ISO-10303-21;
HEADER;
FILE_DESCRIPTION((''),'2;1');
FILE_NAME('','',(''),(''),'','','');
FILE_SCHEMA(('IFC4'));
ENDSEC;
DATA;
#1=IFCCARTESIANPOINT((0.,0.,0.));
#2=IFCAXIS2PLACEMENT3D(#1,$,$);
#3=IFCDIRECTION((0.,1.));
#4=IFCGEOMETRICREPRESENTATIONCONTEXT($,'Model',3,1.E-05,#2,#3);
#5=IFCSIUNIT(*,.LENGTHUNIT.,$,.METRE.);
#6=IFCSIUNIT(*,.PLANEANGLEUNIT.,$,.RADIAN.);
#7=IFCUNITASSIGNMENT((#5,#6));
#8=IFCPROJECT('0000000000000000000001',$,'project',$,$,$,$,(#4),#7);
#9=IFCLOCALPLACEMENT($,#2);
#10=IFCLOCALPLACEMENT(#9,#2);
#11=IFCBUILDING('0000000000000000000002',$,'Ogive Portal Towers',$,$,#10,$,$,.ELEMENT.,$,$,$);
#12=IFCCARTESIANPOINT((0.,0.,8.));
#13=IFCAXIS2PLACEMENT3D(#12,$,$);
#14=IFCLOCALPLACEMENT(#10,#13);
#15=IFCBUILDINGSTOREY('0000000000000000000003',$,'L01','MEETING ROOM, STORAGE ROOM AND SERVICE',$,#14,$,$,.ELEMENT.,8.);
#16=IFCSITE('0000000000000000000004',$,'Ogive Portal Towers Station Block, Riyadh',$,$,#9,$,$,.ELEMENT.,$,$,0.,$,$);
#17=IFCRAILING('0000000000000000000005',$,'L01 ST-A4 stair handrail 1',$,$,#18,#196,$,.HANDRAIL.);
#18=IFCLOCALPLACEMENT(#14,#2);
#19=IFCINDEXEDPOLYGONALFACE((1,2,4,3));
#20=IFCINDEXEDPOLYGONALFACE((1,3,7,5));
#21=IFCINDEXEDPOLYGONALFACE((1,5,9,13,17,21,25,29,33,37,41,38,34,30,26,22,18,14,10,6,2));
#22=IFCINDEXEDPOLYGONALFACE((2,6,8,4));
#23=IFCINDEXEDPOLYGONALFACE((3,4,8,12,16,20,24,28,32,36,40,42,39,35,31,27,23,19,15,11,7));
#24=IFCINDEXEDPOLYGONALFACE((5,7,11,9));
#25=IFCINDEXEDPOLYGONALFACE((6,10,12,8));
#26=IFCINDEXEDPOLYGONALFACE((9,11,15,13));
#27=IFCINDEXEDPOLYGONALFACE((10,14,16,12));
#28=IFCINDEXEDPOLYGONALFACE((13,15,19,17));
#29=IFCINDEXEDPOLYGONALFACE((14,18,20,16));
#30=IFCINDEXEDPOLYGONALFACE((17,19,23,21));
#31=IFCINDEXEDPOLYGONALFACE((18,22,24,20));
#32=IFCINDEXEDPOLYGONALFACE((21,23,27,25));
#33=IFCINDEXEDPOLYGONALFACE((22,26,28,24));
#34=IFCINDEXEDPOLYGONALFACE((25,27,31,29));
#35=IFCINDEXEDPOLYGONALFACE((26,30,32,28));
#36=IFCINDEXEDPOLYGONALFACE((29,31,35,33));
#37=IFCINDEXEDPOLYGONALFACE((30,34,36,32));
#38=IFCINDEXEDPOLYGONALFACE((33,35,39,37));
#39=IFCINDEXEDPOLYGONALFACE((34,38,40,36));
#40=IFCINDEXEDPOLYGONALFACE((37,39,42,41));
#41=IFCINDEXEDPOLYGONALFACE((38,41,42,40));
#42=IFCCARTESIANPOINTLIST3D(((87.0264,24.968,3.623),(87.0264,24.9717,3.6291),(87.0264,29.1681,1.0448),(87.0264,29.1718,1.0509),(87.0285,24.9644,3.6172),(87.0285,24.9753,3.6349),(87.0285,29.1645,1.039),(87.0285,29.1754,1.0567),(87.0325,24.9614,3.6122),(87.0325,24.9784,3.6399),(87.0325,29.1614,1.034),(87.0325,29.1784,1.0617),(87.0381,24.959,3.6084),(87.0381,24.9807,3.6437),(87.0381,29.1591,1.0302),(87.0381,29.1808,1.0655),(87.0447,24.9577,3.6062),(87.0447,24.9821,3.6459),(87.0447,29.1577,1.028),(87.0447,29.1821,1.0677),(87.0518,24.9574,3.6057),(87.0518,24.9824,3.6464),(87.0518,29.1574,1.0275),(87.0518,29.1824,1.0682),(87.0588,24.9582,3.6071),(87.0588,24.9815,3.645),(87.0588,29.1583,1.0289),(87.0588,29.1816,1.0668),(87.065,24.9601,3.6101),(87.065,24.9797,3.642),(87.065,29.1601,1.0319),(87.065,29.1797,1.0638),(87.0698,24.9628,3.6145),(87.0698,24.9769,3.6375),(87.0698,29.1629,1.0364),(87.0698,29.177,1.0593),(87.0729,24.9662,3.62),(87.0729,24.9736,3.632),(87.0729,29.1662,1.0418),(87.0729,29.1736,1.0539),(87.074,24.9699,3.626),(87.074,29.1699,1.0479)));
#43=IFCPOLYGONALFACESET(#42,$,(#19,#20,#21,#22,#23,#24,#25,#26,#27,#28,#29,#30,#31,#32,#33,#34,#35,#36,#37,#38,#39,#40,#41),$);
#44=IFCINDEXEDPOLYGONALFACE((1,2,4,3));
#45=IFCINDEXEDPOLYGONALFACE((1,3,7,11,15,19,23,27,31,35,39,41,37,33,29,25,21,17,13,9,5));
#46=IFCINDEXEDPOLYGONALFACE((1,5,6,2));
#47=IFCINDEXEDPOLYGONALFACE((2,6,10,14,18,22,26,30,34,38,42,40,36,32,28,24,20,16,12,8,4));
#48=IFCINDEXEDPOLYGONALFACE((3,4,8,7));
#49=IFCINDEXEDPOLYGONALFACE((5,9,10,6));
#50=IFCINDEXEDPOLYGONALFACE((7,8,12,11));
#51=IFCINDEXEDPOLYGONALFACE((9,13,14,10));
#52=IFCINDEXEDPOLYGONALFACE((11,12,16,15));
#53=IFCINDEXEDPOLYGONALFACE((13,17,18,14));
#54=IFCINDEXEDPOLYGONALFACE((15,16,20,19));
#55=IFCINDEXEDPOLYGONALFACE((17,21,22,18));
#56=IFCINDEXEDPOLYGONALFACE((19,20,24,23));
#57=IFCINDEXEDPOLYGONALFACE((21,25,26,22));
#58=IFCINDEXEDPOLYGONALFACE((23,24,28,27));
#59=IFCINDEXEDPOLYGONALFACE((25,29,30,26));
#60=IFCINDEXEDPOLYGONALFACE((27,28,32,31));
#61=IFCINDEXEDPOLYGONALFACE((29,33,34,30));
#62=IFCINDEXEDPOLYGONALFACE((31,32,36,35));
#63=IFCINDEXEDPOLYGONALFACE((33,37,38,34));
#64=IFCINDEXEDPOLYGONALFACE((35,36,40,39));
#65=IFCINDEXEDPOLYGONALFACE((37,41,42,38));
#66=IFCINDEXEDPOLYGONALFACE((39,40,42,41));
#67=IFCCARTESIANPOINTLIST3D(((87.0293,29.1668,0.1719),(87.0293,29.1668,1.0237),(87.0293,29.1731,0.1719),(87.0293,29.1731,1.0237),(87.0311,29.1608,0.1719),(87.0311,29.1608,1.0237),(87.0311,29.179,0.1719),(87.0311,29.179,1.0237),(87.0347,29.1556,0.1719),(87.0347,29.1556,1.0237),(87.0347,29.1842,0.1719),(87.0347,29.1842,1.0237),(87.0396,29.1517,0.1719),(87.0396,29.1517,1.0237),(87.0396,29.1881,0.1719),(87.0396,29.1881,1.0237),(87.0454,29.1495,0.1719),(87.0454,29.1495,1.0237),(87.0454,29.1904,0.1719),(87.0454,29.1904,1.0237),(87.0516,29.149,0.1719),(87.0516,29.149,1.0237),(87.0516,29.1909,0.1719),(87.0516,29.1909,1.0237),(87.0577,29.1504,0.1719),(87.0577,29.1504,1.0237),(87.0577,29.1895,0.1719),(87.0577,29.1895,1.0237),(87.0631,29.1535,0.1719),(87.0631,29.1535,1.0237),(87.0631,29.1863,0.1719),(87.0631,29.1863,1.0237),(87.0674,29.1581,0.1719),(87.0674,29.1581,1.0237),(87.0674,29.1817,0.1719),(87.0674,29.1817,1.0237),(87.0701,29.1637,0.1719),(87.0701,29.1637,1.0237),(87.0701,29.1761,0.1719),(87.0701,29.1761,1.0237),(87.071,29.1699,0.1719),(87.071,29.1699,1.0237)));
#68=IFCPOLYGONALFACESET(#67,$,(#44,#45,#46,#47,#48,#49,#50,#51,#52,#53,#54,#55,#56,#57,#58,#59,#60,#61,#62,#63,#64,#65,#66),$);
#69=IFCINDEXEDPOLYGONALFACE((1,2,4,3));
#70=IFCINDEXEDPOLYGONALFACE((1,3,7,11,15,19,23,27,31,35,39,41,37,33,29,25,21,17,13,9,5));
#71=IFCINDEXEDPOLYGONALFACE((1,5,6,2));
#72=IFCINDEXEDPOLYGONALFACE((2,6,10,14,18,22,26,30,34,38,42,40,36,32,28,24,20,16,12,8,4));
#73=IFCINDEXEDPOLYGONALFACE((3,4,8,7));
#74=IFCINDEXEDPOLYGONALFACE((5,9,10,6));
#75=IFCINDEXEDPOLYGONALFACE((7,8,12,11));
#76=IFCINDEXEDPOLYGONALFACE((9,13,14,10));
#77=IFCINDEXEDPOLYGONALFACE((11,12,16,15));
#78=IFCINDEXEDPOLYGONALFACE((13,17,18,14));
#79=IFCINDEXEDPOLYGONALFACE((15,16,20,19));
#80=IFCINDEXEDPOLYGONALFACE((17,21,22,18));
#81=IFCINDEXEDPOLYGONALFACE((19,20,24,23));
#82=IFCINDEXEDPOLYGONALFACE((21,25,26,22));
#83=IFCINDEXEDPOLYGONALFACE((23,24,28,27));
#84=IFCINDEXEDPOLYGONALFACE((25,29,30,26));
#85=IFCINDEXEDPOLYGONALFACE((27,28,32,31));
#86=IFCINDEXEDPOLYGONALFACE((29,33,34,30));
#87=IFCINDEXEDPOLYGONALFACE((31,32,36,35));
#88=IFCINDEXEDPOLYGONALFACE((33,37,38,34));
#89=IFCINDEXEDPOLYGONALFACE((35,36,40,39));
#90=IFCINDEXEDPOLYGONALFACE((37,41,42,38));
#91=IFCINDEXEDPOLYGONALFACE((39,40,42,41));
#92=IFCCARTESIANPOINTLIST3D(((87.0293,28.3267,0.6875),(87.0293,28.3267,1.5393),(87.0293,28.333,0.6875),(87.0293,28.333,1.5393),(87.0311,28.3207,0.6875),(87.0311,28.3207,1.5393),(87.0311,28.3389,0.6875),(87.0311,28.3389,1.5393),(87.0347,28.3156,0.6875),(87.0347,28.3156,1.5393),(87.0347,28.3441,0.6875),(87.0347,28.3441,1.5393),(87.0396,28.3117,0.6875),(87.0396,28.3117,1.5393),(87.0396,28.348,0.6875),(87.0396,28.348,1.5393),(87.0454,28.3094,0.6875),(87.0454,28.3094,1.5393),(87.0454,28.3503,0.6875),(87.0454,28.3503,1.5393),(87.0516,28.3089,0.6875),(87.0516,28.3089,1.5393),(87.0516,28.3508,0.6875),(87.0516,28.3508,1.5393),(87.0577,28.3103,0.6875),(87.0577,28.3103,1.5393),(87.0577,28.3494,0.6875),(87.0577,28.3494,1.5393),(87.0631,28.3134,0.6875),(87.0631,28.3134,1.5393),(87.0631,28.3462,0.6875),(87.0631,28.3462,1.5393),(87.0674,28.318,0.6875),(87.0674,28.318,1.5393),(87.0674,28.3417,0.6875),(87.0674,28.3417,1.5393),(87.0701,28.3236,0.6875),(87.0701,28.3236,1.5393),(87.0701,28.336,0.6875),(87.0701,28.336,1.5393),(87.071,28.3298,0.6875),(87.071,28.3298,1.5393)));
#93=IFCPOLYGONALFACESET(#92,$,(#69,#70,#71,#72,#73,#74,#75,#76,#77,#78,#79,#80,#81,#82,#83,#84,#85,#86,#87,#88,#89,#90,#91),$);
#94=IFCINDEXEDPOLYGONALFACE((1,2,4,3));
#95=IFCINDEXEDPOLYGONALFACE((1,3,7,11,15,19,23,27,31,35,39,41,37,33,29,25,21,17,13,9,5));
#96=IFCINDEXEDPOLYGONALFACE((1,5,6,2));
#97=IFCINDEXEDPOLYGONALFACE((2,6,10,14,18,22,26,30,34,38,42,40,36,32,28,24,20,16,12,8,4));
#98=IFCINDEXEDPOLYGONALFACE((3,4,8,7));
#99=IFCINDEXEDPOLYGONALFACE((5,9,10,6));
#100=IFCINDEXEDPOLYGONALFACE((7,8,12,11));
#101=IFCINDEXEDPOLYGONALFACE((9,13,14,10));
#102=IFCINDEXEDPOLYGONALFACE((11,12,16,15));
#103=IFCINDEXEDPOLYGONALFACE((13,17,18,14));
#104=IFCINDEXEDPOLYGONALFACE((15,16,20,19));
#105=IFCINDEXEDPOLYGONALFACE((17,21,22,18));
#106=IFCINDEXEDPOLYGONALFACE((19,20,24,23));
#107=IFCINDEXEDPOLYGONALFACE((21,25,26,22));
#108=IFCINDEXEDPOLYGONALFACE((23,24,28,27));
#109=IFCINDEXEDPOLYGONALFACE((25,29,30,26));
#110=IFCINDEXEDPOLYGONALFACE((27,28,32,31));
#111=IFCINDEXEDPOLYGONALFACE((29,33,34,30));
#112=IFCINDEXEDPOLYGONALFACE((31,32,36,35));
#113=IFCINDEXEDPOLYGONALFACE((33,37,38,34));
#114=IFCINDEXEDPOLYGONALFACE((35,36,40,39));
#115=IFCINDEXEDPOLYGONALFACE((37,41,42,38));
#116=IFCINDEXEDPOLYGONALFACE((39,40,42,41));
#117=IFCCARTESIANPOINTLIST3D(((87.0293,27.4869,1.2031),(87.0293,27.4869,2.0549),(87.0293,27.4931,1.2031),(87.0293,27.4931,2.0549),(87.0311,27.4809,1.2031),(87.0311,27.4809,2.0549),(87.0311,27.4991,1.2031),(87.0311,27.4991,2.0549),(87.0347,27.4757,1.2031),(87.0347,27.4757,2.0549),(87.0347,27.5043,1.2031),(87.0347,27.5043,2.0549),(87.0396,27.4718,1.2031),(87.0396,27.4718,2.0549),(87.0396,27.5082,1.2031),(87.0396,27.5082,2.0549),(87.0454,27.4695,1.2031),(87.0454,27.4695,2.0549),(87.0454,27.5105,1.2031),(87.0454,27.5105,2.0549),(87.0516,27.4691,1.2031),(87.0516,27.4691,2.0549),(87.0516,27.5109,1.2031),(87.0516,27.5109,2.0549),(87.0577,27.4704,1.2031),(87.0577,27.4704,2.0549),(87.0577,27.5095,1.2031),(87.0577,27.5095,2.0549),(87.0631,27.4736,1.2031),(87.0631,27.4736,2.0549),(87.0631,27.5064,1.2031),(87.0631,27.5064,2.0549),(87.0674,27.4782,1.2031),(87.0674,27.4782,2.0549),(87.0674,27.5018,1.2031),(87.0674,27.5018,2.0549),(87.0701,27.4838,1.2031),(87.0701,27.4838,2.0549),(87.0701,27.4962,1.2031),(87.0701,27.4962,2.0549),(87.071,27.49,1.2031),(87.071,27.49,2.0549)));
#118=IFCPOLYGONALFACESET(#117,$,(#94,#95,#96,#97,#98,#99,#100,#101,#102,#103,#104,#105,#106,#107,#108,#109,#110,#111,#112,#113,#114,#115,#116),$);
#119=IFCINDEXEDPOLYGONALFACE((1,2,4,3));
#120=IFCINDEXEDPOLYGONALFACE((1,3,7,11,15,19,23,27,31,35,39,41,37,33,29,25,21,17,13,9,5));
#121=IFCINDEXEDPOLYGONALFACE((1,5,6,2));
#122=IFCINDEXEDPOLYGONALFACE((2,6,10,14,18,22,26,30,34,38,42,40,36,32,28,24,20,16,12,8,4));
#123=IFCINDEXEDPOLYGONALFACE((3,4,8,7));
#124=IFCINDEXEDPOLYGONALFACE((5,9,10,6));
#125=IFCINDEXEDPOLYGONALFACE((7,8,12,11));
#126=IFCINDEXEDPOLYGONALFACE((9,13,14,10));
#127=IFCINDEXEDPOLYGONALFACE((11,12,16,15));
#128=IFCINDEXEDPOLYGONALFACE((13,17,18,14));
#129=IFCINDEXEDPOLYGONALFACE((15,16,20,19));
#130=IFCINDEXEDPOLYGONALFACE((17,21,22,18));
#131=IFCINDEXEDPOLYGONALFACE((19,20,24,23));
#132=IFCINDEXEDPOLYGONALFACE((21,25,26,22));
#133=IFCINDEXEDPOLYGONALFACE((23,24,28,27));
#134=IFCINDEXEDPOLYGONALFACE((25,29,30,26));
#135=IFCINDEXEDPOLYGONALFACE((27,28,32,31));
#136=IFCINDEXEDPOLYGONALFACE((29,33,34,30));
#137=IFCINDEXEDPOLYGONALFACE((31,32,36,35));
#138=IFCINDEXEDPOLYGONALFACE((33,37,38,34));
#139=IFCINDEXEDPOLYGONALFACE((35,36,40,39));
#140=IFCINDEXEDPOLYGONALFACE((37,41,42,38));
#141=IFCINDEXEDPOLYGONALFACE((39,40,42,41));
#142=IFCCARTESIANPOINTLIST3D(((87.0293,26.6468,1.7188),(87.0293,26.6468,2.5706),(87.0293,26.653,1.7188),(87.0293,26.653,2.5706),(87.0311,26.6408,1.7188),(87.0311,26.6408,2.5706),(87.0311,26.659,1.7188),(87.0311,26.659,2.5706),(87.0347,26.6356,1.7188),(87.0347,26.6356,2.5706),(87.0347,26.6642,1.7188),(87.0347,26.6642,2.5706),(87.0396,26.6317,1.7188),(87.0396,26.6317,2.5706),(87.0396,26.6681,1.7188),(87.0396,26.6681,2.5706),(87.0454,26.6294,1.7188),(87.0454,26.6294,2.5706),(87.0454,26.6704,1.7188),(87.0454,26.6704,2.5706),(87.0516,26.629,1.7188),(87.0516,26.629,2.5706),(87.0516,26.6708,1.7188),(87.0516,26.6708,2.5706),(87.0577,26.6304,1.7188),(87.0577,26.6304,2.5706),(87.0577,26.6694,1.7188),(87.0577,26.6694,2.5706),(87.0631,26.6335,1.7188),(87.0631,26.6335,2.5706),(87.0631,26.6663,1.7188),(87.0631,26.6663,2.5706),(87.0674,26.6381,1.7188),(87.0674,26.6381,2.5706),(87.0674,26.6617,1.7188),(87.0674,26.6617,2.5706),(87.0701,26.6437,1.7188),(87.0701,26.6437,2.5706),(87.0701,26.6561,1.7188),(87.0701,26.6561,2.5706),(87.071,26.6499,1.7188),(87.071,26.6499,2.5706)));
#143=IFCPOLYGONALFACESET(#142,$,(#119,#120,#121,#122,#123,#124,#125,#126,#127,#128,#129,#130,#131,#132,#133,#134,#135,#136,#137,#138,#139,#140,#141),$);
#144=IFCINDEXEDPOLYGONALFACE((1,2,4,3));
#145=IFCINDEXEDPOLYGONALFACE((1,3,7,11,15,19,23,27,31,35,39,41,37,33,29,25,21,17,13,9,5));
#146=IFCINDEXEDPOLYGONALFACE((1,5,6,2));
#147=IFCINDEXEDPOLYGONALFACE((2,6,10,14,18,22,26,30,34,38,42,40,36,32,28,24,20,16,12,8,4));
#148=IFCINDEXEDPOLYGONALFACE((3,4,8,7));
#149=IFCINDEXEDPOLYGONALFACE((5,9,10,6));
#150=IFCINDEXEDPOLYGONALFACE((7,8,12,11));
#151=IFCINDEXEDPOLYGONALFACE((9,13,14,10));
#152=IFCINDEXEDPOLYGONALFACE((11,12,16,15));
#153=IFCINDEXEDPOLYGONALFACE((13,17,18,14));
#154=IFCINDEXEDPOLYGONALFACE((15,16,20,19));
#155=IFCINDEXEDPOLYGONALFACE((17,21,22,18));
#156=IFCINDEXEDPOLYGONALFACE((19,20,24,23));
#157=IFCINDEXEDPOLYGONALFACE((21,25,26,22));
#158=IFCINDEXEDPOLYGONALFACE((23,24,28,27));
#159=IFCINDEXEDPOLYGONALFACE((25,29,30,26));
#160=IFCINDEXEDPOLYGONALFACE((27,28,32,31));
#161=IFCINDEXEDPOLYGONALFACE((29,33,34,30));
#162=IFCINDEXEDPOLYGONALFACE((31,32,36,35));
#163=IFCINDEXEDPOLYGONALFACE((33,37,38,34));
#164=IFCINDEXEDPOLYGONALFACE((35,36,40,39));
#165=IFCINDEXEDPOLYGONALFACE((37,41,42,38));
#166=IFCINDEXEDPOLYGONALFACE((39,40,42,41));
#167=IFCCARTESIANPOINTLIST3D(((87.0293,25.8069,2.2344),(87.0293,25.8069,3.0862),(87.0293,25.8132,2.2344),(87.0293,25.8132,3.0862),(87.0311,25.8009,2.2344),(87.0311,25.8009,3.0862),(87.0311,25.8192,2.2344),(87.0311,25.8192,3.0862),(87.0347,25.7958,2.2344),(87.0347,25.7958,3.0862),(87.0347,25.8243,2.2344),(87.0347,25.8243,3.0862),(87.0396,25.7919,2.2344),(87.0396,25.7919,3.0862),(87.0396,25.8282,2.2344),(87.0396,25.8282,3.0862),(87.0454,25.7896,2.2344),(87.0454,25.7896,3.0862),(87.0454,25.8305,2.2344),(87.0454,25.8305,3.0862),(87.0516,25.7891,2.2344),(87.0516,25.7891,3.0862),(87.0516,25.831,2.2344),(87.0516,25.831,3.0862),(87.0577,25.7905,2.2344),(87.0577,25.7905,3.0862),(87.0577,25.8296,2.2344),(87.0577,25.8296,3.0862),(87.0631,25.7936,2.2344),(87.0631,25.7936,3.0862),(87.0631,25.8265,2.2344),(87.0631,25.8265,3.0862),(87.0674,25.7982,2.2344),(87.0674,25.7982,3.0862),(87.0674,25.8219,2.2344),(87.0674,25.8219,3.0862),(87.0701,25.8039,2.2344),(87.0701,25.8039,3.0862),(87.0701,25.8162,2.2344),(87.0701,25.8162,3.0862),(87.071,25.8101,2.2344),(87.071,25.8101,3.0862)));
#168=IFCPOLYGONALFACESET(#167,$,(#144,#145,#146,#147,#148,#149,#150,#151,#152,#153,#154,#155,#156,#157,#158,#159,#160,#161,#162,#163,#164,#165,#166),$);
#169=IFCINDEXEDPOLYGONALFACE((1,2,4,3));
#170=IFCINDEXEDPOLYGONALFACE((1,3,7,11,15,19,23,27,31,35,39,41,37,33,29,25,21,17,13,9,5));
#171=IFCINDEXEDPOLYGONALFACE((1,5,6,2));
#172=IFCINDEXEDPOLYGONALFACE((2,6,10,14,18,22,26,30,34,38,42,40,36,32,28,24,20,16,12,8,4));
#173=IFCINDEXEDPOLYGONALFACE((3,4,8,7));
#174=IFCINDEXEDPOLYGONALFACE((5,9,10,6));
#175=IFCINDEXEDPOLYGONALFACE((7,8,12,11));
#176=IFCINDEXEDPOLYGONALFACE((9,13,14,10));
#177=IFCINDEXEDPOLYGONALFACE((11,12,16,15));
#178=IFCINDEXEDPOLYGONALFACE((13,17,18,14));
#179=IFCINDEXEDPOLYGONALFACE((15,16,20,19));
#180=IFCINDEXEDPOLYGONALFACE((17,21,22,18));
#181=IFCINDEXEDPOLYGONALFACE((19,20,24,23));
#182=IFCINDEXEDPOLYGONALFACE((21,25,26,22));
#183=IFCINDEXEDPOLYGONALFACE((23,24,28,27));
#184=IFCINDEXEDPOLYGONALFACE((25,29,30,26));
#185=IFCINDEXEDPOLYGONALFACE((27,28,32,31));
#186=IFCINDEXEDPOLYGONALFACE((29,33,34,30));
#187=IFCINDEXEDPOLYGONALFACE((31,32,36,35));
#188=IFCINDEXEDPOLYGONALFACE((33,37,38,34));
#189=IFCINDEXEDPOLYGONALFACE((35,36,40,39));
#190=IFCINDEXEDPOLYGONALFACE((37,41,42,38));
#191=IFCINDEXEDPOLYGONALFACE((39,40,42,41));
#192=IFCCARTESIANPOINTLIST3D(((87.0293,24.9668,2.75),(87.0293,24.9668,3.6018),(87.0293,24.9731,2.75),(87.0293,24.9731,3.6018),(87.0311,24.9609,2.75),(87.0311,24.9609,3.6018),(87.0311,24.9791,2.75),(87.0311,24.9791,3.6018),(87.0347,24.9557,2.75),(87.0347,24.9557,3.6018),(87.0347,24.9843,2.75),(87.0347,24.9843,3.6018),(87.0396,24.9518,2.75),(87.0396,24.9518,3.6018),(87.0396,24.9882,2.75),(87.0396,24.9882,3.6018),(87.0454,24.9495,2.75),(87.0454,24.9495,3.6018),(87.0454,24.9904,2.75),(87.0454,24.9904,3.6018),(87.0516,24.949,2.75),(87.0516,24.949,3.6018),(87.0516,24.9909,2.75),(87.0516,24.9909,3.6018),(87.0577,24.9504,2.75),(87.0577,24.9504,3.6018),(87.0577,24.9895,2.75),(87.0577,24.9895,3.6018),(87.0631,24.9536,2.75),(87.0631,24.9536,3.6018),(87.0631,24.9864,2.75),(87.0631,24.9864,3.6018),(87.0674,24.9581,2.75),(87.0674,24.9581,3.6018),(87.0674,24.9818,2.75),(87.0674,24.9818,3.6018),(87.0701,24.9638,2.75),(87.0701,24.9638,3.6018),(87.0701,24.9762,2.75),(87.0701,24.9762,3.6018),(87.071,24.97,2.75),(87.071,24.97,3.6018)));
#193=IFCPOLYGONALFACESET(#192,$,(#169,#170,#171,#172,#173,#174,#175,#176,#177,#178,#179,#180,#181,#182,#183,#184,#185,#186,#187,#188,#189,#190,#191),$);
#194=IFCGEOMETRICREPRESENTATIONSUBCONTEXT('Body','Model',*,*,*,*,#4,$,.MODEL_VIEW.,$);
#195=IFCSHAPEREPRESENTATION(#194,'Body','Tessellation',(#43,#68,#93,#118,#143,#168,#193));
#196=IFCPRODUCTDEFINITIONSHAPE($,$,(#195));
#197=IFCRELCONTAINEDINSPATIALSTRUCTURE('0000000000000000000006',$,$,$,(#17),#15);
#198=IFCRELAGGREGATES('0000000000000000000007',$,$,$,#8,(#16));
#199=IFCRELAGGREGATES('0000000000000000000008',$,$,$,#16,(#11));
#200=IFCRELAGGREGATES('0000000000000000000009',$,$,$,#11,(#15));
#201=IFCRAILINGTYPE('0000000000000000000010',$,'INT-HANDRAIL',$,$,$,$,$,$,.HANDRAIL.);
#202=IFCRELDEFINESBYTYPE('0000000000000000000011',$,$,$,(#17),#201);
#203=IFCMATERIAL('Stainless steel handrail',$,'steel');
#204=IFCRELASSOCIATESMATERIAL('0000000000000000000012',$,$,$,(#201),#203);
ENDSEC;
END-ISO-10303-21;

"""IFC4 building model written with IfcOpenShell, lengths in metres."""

from ifc_helpers import new_model, si_unit, direction, frame, origin, origin_2d, place, context, subcontext, project, spatial, circle, extrude, material, type_object, element, save


model = new_model("IFC4")

# Units and contexts
model_context = context("Model", 3, precision=1e-05, world=origin(), true_north=direction((0.0, 1.0)))
body_context = subcontext(model_context, "Body", "Model", "MODEL_VIEW")
ifc_project = project(units=[si_unit("LENGTHUNIT", "METRE"), si_unit("PLANEANGLEUNIT", "RADIAN")], contexts=[model_context])

# Site, building, storey
site_placement = place(None, origin())
site = spatial("IfcSite", under=ifc_project, at=site_placement, Name="Ogive Portal Towers Station Block, Riyadh", CompositionType="ELEMENT", RefElevation=0.0)
building_placement = place(site_placement, origin())
building = spatial("IfcBuilding", under=site, at=building_placement, Name="Ogive Portal Towers", CompositionType="ELEMENT")
storey_placement = place(building_placement, frame((0.0, 0.0, 8.0)))
storey = spatial("IfcBuildingStorey", under=building, at=storey_placement, Name="L01", Description="MEETING ROOM, STORAGE ROOM AND SERVICE", CompositionType="ELEMENT", Elevation=8.0)

# Railing
ifc_material_1 = material(Name="Stainless steel handrail", Category="steel")
railing_type_1 = type_object("IfcRailingType", Name="INT-HANDRAIL", PredefinedType="HANDRAIL", material=ifc_material_1)
railing_1_placement = place(storey_placement, frame((87.05, 29.1699, 0.1719)))
element("IfcRailing", 1, at=railing_1_placement, inside=storey, type_object=railing_type_1, Name="L01 ST-A4 stair handrail 1", PredefinedType="HANDRAIL", context=body_context, shape_type="SweptSolid", body=[
    extrude(circle(Radius=0.0239, at=origin_2d()), frame((0.0, 0.0, 0.876), z_axis=(0.0, -0.852243, 0.523146), x_axis=(1.0, 0.0, 0.0)), (0.0, 0.0, 1.0), 4.9282),
    extrude(circle(Radius=0.021, at=origin_2d()), origin(), (0.0, 0.0, 1.0), 0.8518),
    extrude(circle(Radius=0.021, at=origin_2d()), frame((0.0, -0.8401, 0.5156)), (0.0, 0.0, 1.0), 0.8518),
    extrude(circle(Radius=0.021, at=origin_2d()), frame((0.0, -1.6799, 1.0312)), (0.0, 0.0, 1.0), 0.8518),
    extrude(circle(Radius=0.021, at=origin_2d()), frame((0.0, -2.52, 1.5469)), (0.0, 0.0, 1.0), 0.8518),
    extrude(circle(Radius=0.021, at=origin_2d()), frame((0.0, -3.3599, 2.0625)), (0.0, 0.0, 1.0), 0.8518),
    extrude(circle(Radius=0.021, at=origin_2d()), frame((0.0, -4.2, 2.5781)), (0.0, 0.0, 1.0), 0.8518),
])

save(model, "model.ifc")
